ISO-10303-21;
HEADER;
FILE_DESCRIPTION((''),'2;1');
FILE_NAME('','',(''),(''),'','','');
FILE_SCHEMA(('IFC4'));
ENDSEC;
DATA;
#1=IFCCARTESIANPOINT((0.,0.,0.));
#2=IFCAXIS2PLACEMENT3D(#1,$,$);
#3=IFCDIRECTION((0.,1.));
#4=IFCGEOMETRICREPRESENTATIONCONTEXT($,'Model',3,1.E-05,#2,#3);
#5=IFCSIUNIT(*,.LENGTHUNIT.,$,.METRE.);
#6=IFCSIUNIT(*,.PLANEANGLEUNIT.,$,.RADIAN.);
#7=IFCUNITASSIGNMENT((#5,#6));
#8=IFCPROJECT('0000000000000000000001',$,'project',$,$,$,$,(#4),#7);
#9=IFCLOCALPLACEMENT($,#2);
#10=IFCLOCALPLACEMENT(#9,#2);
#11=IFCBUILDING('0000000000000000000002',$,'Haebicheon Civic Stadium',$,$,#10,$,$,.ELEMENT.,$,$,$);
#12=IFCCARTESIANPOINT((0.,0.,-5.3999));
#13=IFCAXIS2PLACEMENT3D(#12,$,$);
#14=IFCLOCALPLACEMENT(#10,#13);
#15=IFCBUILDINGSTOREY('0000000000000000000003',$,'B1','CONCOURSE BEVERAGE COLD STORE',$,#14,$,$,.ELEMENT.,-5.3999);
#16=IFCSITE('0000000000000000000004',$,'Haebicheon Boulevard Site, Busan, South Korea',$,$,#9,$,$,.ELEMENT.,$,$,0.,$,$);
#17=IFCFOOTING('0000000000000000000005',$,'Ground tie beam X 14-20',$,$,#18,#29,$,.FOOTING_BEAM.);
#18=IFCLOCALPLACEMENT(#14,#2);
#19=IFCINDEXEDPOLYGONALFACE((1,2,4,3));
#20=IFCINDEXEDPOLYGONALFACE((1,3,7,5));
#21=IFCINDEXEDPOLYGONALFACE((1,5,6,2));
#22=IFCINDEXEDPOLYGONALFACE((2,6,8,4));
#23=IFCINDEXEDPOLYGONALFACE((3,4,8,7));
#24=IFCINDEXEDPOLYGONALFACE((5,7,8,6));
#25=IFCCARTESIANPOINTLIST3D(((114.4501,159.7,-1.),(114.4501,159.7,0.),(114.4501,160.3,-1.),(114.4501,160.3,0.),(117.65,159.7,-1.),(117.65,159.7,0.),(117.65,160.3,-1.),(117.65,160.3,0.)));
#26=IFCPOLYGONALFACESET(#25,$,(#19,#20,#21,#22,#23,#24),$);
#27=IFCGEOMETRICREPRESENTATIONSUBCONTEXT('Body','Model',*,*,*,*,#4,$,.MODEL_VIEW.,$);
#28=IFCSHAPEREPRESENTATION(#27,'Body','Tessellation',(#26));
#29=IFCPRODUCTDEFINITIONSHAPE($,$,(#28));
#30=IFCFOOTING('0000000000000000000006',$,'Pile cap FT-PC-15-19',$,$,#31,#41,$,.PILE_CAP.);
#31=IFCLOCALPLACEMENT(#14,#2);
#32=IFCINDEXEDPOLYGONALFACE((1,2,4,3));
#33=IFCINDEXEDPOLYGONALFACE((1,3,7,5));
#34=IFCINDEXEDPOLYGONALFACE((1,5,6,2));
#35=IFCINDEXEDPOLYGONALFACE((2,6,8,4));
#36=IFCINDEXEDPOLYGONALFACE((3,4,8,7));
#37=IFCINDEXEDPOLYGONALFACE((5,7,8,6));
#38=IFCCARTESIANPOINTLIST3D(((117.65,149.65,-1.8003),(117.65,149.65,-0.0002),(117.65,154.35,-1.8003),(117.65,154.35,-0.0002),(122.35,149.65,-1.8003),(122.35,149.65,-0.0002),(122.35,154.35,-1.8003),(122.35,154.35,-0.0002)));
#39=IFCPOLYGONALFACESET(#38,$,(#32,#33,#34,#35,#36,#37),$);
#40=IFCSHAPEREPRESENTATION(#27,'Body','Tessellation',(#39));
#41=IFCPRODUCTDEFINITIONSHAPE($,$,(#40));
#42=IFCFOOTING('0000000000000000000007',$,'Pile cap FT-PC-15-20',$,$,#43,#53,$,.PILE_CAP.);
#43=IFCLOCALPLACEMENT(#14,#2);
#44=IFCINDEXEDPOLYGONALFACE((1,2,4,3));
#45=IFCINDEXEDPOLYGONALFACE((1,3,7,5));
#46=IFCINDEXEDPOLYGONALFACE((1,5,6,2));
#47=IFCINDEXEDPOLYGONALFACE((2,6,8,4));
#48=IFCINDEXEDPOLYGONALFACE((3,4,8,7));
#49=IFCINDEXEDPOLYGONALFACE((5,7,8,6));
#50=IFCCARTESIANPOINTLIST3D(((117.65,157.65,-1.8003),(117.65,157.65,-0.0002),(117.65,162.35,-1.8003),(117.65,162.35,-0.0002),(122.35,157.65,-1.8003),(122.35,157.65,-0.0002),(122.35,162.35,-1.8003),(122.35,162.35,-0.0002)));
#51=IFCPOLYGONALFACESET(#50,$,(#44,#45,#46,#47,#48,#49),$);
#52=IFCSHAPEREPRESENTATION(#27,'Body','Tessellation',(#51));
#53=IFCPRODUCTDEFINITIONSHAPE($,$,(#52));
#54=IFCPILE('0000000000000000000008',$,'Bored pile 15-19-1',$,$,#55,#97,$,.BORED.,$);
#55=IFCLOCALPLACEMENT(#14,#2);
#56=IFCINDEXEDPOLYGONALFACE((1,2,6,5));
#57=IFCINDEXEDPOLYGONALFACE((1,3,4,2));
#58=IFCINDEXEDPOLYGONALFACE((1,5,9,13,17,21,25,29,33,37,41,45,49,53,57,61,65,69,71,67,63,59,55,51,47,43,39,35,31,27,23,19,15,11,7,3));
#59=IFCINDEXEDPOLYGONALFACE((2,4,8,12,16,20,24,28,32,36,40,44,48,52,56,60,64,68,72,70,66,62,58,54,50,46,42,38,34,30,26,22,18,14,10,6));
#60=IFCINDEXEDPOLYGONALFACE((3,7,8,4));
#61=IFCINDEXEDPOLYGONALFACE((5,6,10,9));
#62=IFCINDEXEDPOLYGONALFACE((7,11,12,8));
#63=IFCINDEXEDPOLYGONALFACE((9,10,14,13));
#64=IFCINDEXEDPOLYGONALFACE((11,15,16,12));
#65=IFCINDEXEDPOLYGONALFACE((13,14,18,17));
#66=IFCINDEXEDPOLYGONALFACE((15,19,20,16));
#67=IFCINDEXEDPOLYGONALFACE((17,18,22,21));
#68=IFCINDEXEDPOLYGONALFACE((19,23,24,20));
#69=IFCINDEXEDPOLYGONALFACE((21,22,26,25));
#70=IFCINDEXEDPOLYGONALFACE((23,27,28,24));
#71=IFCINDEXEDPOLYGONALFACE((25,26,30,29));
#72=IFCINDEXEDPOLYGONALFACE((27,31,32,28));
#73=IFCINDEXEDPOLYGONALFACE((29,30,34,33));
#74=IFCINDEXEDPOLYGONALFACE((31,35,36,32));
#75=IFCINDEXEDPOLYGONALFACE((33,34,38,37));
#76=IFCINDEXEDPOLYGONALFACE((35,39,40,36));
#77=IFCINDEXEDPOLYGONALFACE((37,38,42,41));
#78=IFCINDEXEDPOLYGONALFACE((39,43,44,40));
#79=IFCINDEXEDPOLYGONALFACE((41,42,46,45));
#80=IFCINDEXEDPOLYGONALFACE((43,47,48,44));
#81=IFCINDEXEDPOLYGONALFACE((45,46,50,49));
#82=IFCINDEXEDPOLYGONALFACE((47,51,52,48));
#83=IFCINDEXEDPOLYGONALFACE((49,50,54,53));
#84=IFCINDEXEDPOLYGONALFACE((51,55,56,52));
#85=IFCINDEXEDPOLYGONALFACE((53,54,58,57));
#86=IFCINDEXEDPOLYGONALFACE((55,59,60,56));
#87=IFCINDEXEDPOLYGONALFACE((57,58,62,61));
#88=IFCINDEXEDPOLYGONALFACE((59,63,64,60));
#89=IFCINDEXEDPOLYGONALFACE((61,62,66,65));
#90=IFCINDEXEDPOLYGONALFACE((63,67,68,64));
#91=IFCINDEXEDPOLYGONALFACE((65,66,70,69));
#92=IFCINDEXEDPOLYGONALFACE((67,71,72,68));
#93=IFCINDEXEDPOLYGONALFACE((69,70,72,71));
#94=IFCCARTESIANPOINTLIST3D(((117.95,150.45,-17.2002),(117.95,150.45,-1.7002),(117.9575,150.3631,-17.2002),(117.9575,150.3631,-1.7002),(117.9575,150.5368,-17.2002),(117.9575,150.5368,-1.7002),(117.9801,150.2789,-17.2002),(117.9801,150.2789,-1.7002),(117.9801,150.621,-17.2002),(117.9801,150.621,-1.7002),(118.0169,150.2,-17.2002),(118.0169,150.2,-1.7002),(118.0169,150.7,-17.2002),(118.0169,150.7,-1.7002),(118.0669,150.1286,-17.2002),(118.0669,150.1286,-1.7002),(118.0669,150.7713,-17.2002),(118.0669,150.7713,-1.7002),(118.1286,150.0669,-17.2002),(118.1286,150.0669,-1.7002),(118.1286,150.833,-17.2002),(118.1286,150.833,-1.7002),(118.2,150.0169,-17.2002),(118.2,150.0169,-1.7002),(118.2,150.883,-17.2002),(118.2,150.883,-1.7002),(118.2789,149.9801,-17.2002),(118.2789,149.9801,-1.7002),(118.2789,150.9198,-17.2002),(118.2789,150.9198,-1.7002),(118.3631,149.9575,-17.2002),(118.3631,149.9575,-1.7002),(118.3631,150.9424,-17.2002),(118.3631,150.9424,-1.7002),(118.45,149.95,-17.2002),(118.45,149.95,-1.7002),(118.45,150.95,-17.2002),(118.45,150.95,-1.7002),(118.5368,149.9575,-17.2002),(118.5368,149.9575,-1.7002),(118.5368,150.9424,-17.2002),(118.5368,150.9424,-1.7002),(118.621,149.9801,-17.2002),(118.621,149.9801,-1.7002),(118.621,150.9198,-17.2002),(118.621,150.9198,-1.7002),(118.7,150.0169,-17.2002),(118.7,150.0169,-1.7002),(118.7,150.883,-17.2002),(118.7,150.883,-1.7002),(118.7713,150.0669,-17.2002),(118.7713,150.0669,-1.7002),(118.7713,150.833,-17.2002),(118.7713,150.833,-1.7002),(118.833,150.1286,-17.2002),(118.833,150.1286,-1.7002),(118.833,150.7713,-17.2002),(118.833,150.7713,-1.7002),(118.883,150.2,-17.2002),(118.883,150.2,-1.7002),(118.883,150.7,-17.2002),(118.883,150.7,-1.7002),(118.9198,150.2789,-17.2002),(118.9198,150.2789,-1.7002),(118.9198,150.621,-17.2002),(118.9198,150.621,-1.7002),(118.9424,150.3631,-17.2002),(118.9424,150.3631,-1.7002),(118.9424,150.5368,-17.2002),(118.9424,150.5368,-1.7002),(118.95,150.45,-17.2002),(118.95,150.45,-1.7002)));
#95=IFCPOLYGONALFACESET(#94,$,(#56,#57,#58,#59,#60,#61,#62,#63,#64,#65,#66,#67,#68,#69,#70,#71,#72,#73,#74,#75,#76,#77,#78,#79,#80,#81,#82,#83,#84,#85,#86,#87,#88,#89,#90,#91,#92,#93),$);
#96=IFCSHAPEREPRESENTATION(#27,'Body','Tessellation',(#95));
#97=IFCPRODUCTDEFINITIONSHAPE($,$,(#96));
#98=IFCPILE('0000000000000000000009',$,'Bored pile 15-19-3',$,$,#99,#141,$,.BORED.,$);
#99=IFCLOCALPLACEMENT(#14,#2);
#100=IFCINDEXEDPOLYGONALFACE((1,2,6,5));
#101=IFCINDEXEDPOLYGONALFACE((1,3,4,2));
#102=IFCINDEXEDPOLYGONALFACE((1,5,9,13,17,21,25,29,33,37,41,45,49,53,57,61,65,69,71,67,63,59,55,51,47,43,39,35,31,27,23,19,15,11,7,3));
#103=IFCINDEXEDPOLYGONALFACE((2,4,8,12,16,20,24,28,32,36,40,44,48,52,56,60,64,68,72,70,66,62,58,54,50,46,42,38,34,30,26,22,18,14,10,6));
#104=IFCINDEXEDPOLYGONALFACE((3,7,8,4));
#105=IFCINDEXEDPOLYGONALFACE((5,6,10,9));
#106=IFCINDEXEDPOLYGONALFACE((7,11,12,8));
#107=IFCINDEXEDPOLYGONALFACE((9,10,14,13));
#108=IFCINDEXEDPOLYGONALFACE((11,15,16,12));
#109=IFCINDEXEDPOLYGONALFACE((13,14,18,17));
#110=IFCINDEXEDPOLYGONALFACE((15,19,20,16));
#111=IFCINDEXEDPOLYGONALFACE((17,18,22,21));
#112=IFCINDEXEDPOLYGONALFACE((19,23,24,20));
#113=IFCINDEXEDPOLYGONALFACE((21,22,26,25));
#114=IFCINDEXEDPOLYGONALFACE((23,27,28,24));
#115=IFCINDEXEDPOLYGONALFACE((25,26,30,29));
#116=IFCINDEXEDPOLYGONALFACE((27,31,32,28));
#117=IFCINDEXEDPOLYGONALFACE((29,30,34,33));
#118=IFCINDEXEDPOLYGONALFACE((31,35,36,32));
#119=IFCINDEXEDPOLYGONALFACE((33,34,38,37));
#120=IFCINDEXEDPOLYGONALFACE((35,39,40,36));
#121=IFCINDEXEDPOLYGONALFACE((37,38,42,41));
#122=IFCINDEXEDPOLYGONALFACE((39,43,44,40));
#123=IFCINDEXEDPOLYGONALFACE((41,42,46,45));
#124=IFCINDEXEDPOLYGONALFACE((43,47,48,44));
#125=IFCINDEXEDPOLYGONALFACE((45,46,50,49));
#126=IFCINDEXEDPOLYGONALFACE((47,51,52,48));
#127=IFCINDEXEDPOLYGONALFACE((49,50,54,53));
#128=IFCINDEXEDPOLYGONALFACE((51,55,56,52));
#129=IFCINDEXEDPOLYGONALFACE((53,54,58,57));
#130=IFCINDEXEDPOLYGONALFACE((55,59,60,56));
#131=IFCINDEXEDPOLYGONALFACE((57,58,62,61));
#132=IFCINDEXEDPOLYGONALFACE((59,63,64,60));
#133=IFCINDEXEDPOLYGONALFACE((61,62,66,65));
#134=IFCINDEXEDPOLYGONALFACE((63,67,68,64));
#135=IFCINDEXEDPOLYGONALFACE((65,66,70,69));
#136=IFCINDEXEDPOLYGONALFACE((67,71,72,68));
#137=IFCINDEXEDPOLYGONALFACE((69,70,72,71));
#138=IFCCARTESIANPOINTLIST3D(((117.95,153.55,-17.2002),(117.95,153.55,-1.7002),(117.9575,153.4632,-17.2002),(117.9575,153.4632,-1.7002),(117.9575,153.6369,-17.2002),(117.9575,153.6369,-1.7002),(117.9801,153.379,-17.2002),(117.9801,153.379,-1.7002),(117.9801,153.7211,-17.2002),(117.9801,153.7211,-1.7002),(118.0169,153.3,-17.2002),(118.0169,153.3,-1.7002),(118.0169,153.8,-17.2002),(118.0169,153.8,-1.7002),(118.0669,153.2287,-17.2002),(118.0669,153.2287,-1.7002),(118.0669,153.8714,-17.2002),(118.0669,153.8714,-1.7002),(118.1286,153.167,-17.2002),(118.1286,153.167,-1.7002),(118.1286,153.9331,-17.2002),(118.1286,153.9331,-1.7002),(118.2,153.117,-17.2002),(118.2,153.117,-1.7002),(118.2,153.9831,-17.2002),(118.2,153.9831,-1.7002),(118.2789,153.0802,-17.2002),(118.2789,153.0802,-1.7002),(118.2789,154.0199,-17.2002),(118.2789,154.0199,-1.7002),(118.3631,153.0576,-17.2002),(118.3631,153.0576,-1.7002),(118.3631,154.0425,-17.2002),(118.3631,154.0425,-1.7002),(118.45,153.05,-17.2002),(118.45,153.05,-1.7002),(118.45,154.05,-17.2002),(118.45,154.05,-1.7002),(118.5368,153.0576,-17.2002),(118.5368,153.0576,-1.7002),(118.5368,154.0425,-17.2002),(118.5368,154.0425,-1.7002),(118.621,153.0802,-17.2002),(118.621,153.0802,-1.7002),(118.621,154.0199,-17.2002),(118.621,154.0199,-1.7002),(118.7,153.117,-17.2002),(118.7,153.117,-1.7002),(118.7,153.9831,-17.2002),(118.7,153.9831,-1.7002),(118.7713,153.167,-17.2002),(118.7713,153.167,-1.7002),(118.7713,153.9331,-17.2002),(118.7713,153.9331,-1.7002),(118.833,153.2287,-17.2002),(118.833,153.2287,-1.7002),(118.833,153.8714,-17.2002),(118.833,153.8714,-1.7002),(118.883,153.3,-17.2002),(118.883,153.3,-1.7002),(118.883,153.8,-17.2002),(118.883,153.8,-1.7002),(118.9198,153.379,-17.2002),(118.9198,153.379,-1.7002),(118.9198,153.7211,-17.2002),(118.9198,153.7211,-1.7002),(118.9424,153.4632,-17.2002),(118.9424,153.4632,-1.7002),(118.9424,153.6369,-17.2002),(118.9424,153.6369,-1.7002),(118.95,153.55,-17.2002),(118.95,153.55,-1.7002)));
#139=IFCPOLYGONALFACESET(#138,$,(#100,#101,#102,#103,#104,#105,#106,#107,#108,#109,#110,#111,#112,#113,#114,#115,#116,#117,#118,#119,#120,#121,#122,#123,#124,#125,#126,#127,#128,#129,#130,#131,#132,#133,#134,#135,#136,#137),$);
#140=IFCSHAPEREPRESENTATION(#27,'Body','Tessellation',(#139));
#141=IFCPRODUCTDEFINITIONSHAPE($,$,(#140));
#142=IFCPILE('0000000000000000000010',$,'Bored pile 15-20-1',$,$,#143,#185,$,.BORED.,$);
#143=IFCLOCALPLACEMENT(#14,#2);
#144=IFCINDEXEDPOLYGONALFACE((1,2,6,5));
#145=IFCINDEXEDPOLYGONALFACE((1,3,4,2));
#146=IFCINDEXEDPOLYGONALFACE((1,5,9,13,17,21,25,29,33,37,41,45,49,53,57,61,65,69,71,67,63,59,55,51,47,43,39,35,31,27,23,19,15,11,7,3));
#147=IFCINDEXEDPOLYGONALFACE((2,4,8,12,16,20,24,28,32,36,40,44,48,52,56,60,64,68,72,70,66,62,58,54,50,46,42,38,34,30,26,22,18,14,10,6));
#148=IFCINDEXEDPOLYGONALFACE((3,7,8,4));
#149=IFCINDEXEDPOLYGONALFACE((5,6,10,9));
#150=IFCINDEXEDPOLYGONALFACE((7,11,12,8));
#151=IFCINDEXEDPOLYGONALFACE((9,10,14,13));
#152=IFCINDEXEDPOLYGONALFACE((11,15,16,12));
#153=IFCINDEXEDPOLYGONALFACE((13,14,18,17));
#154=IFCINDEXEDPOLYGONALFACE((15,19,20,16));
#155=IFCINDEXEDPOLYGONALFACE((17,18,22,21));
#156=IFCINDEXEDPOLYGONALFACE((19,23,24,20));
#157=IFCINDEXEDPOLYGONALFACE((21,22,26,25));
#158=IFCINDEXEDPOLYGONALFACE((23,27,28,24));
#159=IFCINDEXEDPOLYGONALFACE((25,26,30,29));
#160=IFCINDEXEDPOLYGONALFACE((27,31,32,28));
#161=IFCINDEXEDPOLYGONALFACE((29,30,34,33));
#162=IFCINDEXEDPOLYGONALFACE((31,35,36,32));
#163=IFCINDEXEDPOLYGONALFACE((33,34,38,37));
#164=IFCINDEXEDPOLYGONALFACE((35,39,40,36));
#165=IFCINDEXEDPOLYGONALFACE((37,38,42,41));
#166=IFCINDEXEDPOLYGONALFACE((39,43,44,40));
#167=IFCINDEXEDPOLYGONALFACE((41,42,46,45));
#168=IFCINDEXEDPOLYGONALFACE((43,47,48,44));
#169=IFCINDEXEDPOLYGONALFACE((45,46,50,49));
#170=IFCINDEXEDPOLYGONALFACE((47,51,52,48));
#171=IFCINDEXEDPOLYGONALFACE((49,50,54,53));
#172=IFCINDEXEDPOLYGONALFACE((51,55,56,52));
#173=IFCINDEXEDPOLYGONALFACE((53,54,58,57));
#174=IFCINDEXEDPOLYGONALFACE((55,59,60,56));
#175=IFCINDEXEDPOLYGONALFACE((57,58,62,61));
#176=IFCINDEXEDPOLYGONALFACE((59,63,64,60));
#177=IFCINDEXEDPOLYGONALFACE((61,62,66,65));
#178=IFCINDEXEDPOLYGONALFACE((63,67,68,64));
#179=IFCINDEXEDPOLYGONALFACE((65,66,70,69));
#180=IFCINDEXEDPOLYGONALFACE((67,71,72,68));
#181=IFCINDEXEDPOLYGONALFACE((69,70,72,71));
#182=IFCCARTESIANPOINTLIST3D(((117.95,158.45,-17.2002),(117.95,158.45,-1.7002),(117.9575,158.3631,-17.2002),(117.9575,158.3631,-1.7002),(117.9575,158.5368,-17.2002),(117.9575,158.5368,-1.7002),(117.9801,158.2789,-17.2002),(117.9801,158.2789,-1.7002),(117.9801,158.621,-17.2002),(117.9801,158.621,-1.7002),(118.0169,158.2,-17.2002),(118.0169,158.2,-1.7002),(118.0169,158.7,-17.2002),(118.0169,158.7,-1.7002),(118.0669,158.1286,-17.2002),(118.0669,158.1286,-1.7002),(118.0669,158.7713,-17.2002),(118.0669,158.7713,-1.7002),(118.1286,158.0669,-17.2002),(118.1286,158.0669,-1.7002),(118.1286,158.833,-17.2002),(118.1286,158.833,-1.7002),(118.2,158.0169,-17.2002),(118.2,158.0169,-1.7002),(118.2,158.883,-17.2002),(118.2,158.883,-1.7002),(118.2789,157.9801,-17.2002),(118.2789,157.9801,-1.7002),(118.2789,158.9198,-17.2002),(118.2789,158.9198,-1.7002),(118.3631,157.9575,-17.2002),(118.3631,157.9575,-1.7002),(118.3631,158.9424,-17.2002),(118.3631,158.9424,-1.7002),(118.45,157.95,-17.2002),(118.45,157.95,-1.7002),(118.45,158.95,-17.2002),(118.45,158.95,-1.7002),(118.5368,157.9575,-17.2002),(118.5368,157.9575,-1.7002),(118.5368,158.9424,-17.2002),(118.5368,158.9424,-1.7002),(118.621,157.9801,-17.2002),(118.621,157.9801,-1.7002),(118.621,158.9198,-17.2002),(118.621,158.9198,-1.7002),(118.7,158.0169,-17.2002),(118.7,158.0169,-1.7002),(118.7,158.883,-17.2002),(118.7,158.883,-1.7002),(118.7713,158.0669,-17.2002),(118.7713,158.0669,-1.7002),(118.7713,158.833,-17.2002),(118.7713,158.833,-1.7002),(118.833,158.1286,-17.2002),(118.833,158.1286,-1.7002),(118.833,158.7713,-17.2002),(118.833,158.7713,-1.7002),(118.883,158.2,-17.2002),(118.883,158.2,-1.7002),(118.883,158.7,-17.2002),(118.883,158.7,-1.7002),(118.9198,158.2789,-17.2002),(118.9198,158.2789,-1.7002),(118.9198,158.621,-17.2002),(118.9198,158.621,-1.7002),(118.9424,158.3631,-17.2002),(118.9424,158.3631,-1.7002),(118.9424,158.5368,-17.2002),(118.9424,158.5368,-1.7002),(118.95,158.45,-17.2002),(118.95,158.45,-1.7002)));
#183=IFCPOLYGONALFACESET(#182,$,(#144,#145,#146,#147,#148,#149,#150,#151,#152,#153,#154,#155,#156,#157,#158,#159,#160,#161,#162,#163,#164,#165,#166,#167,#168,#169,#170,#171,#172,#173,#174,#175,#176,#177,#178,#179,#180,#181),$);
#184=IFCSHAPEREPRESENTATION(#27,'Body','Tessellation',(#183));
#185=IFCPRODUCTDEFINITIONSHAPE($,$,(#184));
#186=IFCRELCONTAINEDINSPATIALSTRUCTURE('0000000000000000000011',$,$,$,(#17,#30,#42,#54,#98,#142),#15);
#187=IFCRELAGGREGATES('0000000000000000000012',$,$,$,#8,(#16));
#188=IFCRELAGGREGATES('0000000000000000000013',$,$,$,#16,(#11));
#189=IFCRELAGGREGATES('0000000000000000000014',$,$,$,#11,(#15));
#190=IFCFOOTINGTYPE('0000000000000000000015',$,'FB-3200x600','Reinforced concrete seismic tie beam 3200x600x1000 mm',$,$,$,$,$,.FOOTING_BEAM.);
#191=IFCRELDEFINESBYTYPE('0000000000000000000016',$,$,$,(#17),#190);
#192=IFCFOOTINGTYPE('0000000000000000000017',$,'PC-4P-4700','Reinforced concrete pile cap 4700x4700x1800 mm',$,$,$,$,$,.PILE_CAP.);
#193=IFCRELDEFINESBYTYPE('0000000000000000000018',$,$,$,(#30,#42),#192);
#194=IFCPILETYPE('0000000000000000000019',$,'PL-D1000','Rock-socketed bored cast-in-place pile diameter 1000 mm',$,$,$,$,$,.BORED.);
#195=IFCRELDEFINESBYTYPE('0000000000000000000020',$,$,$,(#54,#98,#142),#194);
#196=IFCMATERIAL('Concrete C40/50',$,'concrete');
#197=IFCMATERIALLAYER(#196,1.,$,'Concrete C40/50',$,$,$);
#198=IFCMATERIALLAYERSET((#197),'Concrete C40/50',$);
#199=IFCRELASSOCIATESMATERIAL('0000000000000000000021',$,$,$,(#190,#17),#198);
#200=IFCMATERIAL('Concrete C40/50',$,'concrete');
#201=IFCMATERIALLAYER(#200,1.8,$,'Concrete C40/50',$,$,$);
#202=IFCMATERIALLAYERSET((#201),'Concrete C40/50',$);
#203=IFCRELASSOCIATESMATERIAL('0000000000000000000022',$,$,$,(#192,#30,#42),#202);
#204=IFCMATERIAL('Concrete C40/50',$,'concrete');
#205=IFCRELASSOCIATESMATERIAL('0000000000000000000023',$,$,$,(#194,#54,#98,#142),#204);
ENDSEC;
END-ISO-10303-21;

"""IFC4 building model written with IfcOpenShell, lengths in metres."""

from ifc_helpers import new_model, si_unit, direction, frame, origin, origin_2d, place, context, subcontext, project, spatial, rectangle, circle, extrude, material, layer, layer_set, material_profile, profile_set, type_object, element, save


model = new_model("IFC4")

# Units and contexts
model_context = context("Model", 3, precision=1e-05, world=origin(), true_north=direction((0.0, 1.0)))
body_context = subcontext(model_context, "Body", "Model", "MODEL_VIEW")
ifc_project = project(units=[si_unit("LENGTHUNIT", "METRE"), si_unit("PLANEANGLEUNIT", "RADIAN")], contexts=[model_context])

# Site, building, storey
site_placement = place(None, origin())
site = spatial("IfcSite", under=ifc_project, at=site_placement, Name="Haebicheon Boulevard Site, Busan, South Korea", CompositionType="ELEMENT", RefElevation=0.0)
building_placement = place(site_placement, origin())
building = spatial("IfcBuilding", under=site, at=building_placement, Name="Haebicheon Civic Stadium", CompositionType="ELEMENT")
storey_placement = place(building_placement, frame((0.0, 0.0, -5.3999)))
storey = spatial("IfcBuildingStorey", under=building, at=storey_placement, Name="B1", Description="CONCOURSE BEVERAGE COLD STORE", CompositionType="ELEMENT", Elevation=-5.3999)

# Footings
ifc_material_1 = material(Name="Concrete C40/50", Category="concrete")
ifc_layer_1 = layer(ifc_material_1, 1.0, Name="Concrete C40/50")
ifc_layer_set_1 = layer_set([ifc_layer_1], Name="Concrete C40/50")
footing_type_1 = type_object("IfcFootingType", Name="FB-3200x600", Description="Reinforced concrete seismic tie beam 3200x600x1000 mm", PredefinedType="FOOTING_BEAM", material=ifc_layer_set_1)
footing_placement = place(storey_placement, frame((116.05, 160.0, -1.0), z_axis=(0.0, 0.0, 1.0), x_axis=(1.0, 0.0, 0.0)))
element("IfcFooting", 1, at=footing_placement, inside=storey, type_object=footing_type_1, material=ifc_layer_set_1, Name="Ground tie beam X 14-20", PredefinedType="FOOTING_BEAM", context=body_context, shape_type="SweptSolid", body=[
    extrude(rectangle(XDim=3.2, YDim=0.6001, at=origin_2d()), origin(), (0.0, 0.0, 1.0), 1.0),
])
ifc_material_2 = material(Name="Concrete C40/50", Category="concrete")
ifc_layer_2 = layer(ifc_material_2, 1.8, Name="Concrete C40/50")
ifc_layer_set_2 = layer_set([ifc_layer_2], Name="Concrete C40/50")
footing_type_2 = type_object("IfcFootingType", Name="PC-4P-4700", Description="Reinforced concrete pile cap 4700x4700x1800 mm", PredefinedType="PILE_CAP", material=ifc_layer_set_2)
for number, where, z_axis, x_axis, name in (
    (2, (120.0, 152.0, -1.8003), (0.0, 0.0, 1.0), (1.0, 0.0, 0.0), "Pile cap FT-PC-15-19"),
    (3, (120.0, 160.0, -1.8003), (0.0, 0.0, 1.0), (1.0, 0.0, 0.0), "Pile cap FT-PC-15-20"),
):
    element("IfcFooting", number, at=place(storey_placement, frame(where, z_axis=z_axis, x_axis=x_axis)), inside=storey, type_object=footing_type_2, material=ifc_layer_set_2, Name=name, PredefinedType="PILE_CAP", context=body_context, shape_type="SweptSolid", body=[
        extrude(rectangle(XDim=4.7, YDim=4.7, at=origin_2d()), origin(), (0.0, 0.0, 1.0), 1.8),
    ])

# Piles
ifc_material_3 = material(Name="Concrete C40/50", Category="concrete")
ifc_material_profile_1 = material_profile(ifc_material_3, circle(Radius=0.5, at=origin_2d()), Name="PILE-D1000")
ifc_profile_set_1 = profile_set([ifc_material_profile_1], Name="Concrete C40/50")
pile_type = type_object("IfcPileType", Name="PL-D1000", Description="Rock-socketed bored cast-in-place pile diameter 1000 mm", PredefinedType="BORED", material=ifc_profile_set_1)
for number, where, z_axis, x_axis, name in (
    (4, (118.45, 150.45, -1.7002), (0.0, 0.0, -1.0), (1.0, 0.0, 0.0), "Bored pile 15-19-1"),
    (5, (118.45, 153.55, -1.7002), (0.0, 0.0, -1.0), (1.0, 0.0, 0.0), "Bored pile 15-19-3"),
    (6, (118.45, 158.45, -1.7002), (0.0, 0.0, -1.0), (1.0, 0.0, 0.0), "Bored pile 15-20-1"),
):
    element("IfcPile", number, at=place(storey_placement, frame(where, z_axis=z_axis, x_axis=x_axis)), inside=storey, type_object=pile_type, material=ifc_profile_set_1, Name=name, PredefinedType="BORED", context=body_context, shape_type="SweptSolid", body=[
        extrude(circle(Radius=0.5, at=origin_2d()), origin(), (0.0, 0.0, 1.0), 15.5),
    ])

save(model, "model.ifc")
